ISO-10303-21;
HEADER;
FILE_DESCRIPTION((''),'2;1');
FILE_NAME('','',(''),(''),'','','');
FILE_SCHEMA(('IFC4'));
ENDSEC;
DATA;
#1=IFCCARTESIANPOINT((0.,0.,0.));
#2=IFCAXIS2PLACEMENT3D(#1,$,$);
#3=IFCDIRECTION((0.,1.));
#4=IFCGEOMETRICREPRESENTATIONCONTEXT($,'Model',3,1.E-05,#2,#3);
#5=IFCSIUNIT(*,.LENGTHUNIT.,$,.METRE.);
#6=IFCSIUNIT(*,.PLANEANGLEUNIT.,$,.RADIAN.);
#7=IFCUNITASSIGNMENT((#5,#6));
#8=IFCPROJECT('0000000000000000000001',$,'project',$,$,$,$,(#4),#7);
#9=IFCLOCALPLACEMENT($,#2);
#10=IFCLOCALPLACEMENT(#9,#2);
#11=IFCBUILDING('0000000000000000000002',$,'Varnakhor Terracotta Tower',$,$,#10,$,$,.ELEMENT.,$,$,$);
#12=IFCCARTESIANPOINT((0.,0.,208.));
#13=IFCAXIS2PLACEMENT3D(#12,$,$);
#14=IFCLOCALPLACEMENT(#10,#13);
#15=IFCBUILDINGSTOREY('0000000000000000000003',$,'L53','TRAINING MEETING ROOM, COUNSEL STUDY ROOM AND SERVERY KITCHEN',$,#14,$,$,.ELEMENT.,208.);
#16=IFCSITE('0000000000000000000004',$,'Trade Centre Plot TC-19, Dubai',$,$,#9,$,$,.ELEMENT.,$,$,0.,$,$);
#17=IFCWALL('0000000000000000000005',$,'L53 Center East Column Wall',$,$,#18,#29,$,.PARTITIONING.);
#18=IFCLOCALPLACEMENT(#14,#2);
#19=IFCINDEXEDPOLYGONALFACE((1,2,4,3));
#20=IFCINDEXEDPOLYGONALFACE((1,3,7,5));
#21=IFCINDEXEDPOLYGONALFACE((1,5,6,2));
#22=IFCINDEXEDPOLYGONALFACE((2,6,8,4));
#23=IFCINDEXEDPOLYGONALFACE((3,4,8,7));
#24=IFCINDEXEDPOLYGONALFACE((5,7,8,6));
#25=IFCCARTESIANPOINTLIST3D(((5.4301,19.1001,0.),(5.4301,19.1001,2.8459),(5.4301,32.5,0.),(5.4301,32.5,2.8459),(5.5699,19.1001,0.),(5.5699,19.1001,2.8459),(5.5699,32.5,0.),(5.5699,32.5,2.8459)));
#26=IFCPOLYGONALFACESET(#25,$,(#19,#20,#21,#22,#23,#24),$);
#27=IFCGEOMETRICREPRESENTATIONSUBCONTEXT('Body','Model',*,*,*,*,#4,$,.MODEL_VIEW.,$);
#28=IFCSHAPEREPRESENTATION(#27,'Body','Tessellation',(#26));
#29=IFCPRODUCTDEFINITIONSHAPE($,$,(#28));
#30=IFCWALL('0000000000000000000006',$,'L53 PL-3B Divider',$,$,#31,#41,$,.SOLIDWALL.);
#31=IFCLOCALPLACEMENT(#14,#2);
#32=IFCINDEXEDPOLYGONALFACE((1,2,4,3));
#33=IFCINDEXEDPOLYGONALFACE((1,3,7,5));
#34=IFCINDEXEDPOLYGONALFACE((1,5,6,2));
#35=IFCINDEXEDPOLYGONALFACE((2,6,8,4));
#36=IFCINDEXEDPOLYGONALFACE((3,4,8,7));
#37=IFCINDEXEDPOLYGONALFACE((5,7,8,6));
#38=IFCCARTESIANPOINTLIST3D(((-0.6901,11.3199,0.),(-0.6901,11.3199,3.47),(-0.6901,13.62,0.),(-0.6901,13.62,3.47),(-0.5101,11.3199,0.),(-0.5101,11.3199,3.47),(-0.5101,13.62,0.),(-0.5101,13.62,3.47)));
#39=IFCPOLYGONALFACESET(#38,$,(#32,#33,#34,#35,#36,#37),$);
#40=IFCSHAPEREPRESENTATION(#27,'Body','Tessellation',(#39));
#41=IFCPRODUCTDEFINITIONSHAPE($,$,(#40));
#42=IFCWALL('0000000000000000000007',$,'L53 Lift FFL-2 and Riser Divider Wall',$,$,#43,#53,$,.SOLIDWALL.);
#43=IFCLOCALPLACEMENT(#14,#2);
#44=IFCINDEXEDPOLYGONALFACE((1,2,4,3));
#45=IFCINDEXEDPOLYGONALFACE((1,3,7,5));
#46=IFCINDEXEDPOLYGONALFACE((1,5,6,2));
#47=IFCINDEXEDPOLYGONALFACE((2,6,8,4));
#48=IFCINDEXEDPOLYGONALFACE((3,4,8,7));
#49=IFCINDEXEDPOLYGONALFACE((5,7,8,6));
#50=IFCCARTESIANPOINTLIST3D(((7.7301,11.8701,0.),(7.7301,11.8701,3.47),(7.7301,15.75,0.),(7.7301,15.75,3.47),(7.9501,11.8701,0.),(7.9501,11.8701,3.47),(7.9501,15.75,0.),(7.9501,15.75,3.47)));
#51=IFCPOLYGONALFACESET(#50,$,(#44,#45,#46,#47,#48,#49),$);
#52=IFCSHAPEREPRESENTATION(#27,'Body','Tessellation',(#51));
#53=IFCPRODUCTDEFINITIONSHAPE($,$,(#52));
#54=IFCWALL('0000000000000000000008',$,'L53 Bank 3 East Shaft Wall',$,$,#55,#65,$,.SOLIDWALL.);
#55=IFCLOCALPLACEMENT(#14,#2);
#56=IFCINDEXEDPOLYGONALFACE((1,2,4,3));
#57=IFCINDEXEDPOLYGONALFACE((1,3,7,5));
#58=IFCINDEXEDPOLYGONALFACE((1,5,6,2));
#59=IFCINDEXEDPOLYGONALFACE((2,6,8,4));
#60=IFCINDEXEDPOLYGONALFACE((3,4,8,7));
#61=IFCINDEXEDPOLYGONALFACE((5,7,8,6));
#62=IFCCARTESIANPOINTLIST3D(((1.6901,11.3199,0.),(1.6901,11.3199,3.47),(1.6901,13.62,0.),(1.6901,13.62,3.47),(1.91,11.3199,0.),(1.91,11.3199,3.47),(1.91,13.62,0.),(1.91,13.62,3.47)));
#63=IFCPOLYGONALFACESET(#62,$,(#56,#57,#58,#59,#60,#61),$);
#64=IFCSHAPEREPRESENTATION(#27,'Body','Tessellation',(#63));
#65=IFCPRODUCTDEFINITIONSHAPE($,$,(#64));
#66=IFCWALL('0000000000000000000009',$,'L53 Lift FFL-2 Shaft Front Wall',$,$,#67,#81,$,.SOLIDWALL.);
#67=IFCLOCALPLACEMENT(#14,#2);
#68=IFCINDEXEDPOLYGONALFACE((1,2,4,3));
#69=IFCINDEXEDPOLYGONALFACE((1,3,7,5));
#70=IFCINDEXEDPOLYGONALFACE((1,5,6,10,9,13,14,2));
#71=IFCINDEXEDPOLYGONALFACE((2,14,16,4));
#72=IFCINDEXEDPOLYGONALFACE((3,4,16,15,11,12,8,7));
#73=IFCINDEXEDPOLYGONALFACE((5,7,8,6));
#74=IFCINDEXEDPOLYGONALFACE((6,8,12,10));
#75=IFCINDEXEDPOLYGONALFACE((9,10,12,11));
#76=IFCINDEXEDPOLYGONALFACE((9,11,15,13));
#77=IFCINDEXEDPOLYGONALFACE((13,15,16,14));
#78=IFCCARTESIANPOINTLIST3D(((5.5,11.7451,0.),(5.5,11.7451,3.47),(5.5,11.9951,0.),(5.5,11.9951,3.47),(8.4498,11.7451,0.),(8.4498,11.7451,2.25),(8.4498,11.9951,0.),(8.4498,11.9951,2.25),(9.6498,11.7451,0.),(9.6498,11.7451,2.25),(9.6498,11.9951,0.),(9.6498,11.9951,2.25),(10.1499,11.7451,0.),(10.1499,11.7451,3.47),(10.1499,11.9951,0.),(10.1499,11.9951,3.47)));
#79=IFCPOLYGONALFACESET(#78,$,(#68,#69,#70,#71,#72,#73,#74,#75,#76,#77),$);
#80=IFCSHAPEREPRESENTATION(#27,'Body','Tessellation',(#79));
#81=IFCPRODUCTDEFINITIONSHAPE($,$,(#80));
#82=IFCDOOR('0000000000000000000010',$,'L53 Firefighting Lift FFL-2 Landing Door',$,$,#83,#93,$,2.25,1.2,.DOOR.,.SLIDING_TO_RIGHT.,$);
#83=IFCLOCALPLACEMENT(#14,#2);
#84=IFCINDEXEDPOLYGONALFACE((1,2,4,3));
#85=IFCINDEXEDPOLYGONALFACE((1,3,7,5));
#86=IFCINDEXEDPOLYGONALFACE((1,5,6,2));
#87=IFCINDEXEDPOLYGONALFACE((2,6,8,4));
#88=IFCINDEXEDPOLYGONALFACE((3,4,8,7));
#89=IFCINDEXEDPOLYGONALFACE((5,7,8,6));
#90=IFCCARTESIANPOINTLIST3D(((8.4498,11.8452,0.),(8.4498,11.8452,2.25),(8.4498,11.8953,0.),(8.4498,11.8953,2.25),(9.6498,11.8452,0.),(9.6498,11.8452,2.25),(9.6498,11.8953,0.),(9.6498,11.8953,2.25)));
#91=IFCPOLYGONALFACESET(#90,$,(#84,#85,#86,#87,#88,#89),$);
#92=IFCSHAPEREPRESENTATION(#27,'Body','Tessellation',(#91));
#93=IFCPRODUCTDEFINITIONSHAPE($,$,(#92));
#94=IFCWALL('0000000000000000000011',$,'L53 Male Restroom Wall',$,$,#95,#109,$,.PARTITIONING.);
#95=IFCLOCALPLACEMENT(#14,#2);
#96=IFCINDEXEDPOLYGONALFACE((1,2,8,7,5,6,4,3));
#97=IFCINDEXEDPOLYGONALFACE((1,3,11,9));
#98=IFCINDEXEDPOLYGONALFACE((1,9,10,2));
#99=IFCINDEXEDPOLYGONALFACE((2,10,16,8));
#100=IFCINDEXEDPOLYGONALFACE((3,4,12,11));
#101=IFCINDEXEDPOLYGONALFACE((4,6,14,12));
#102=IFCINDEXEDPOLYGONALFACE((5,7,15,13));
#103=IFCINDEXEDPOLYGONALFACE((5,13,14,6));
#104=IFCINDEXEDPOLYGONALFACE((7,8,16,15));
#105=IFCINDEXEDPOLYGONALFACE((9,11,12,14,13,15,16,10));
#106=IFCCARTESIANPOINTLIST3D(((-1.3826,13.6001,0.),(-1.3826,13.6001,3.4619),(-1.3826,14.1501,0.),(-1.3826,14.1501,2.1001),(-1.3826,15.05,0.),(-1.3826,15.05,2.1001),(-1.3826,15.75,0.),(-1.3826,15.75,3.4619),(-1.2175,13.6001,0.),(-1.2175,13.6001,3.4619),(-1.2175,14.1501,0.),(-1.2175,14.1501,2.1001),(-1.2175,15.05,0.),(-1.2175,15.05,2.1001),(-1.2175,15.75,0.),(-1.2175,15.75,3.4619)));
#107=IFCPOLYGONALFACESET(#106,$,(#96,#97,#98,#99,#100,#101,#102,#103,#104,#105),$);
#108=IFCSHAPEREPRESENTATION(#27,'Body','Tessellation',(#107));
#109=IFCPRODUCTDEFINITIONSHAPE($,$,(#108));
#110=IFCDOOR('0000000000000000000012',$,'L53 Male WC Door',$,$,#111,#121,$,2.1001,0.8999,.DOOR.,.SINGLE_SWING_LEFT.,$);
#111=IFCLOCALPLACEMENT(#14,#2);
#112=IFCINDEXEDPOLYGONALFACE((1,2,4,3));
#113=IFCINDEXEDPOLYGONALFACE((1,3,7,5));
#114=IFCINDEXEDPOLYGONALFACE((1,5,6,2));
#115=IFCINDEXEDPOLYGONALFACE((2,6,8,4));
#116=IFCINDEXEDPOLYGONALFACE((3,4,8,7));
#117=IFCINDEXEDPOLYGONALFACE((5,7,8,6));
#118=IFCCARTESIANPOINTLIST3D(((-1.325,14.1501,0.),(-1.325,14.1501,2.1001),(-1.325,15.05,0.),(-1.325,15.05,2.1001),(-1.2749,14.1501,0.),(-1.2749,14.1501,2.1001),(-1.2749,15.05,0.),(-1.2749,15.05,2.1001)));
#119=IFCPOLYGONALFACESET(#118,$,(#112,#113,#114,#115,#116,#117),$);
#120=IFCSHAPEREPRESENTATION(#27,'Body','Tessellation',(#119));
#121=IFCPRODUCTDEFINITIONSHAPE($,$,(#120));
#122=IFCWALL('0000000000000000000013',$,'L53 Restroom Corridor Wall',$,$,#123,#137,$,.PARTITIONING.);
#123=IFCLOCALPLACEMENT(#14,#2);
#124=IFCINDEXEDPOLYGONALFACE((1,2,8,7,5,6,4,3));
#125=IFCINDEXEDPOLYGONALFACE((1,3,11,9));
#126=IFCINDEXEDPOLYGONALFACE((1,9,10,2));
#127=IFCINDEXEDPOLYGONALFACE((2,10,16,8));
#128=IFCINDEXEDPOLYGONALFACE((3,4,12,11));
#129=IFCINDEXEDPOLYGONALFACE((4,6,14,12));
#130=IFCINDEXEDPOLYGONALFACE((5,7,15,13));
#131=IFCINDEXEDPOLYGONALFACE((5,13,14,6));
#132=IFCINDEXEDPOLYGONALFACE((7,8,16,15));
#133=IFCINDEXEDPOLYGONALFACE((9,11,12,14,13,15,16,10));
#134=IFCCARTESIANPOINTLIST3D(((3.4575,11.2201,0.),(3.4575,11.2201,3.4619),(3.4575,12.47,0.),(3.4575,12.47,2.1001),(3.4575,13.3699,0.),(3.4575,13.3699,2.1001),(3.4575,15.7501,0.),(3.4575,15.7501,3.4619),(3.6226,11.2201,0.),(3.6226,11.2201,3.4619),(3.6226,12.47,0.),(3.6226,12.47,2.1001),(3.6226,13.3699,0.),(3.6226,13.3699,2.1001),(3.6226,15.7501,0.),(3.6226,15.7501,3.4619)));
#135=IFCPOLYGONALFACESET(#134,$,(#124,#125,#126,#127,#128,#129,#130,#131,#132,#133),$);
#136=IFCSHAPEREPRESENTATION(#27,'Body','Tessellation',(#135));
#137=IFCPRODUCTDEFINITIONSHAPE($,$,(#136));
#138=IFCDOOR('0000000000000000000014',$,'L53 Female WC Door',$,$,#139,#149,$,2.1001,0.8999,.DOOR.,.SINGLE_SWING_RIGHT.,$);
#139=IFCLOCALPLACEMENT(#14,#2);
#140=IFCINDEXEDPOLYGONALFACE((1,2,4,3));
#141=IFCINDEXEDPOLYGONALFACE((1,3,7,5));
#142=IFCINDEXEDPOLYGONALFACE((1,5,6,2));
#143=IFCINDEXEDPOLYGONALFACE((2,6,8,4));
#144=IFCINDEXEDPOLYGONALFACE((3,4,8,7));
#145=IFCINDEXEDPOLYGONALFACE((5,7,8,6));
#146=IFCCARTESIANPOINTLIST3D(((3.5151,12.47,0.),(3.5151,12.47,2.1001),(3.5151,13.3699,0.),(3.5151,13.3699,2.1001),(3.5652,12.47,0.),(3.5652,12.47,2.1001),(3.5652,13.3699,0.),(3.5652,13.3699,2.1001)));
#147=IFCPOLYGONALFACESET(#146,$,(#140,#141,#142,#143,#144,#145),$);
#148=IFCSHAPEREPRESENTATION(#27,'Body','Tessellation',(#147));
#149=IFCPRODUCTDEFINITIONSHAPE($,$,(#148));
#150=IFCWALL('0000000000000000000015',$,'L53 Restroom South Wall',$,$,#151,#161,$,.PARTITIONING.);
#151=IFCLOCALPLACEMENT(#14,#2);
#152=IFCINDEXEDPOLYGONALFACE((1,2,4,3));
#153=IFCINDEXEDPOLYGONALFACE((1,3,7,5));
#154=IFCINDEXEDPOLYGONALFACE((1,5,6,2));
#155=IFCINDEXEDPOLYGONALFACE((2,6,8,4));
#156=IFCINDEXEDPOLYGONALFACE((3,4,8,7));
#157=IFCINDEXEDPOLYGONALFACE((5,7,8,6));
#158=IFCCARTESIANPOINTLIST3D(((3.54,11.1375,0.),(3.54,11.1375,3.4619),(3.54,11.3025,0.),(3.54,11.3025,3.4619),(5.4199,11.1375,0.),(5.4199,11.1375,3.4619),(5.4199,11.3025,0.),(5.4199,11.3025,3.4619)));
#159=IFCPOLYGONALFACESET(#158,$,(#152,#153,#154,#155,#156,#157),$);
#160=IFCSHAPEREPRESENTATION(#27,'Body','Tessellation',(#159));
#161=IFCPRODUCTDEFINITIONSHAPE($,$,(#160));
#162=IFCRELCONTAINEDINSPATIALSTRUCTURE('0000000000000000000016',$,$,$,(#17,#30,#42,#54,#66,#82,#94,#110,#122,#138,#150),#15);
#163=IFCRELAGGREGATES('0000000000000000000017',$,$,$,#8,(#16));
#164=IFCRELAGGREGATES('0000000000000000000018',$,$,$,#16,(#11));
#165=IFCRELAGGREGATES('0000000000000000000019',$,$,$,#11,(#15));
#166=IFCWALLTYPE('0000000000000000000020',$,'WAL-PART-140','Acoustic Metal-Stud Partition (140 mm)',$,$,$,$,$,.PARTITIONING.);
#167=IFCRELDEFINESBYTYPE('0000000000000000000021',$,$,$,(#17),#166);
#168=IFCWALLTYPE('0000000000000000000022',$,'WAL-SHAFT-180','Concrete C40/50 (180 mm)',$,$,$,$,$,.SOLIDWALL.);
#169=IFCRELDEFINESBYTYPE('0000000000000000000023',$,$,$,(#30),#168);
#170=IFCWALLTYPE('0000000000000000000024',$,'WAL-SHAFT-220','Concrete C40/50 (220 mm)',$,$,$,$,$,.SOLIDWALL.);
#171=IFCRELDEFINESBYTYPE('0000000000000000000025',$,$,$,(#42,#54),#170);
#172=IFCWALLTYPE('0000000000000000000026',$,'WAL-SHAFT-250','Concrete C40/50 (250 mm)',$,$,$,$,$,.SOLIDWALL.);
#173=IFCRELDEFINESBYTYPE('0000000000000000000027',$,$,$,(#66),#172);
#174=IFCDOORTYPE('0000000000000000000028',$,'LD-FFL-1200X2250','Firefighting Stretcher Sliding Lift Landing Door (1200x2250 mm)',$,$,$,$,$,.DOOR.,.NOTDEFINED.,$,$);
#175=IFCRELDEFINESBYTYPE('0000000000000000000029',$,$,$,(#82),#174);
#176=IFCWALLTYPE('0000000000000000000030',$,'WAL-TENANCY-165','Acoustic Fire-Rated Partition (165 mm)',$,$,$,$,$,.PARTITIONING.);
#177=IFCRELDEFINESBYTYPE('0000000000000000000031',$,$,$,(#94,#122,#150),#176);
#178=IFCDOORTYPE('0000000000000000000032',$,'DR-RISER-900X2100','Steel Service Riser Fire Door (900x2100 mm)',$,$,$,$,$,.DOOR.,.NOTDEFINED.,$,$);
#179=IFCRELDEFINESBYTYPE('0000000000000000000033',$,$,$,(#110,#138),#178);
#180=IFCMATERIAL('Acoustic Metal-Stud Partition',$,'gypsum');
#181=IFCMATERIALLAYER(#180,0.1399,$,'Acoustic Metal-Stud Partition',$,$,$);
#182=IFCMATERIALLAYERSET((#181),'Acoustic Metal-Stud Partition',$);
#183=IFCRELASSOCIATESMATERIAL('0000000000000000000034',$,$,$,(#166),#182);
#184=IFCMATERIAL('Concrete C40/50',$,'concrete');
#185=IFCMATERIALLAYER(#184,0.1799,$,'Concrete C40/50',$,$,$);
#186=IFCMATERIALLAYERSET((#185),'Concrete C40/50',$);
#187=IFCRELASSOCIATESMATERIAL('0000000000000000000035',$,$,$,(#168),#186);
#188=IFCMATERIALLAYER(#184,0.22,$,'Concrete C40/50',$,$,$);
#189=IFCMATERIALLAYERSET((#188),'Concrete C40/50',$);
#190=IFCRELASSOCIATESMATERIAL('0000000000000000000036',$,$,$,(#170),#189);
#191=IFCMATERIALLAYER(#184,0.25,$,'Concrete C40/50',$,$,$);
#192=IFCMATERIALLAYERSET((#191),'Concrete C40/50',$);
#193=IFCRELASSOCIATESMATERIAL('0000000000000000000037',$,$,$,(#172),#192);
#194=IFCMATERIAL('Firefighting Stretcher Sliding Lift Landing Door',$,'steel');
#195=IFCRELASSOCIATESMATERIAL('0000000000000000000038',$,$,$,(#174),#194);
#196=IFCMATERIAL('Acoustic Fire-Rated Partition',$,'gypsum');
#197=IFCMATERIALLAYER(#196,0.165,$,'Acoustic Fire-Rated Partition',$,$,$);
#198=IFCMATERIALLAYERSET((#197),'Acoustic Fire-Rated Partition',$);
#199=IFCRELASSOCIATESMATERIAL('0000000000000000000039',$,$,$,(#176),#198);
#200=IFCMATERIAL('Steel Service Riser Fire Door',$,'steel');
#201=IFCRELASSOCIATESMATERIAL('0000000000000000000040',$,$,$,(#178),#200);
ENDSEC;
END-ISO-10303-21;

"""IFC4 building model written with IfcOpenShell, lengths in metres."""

from ifc_helpers import new_model, si_unit, direction, frame, frame_2d, origin, place, context, subcontext, project, spatial, rectangle, extrude, source, transform, mapped, material, layer, layer_set, type_object, type_shapes, element, fill, save


model = new_model("IFC4")

# Units and contexts
model_context = context("Model", 3, precision=1e-05, world=origin(), true_north=direction((0.0, 1.0)))
body_context = subcontext(model_context, "Body", "Model", "MODEL_VIEW")
ifc_project = project(units=[si_unit("LENGTHUNIT", "METRE"), si_unit("PLANEANGLEUNIT", "RADIAN")], contexts=[model_context])

# Site, building, storey
site_placement = place(None, origin())
site = spatial("IfcSite", under=ifc_project, at=site_placement, Name="Trade Centre Plot TC-19, Dubai", CompositionType="ELEMENT", RefElevation=0.0)
building_placement = place(site_placement, origin())
building = spatial("IfcBuilding", under=site, at=building_placement, Name="Varnakhor Terracotta Tower", CompositionType="ELEMENT")
storey_placement = place(building_placement, frame((0.0, 0.0, 208.0)))
storey = spatial("IfcBuildingStorey", under=building, at=storey_placement, Name="L53", Description="TRAINING MEETING ROOM, COUNSEL STUDY ROOM AND SERVERY KITCHEN", CompositionType="ELEMENT", Elevation=208.0)

# Shared definitions
ifc_material_1 = material(Name="Concrete C40/50", Category="concrete")

# Walls
ifc_material_2 = material(Name="Acoustic Metal-Stud Partition", Category="gypsum")
ifc_layer_1 = layer(ifc_material_2, 0.1399, Name="Acoustic Metal-Stud Partition")
ifc_layer_set_1 = layer_set([ifc_layer_1], Name="Acoustic Metal-Stud Partition")
wall_type_1 = type_object("IfcWallType", Name="WAL-PART-140", Description="Acoustic Metal-Stud Partition (140 mm)", PredefinedType="PARTITIONING", material=ifc_layer_set_1)
wall_1_placement = place(storey_placement, frame((5.5, 19.1001, 0.0), z_axis=(0.0, 0.0, 1.0), x_axis=(0.0, 1.0, 0.0)))
element("IfcWall", 1, at=wall_1_placement, inside=storey, type_object=wall_type_1, Name="L53 Center East Column Wall", PredefinedType="PARTITIONING", context=body_context, shape_type="SweptSolid", body=[
    extrude(rectangle(XDim=13.3999, YDim=0.1399, at=frame_2d((6.7, 0.0))), origin(), (0.0, 0.0, 1.0), 2.8459),
])
ifc_layer_2 = layer(ifc_material_1, 0.1799, Name="Concrete C40/50")
ifc_layer_set_2 = layer_set([ifc_layer_2], Name="Concrete C40/50")
wall_type_2 = type_object("IfcWallType", Name="WAL-SHAFT-180", Description="Concrete C40/50 (180 mm)", PredefinedType="SOLIDWALL", material=ifc_layer_set_2)
wall_2_placement = place(storey_placement, frame((-0.6001, 11.3201, 0.0), z_axis=(0.0, 0.0, 1.0), x_axis=(0.0, 1.0, 0.0)))
element("IfcWall", 2, at=wall_2_placement, inside=storey, type_object=wall_type_2, Name="L53 PL-3B Divider", PredefinedType="SOLIDWALL", context=body_context, shape_type="SweptSolid", body=[
    extrude(rectangle(XDim=2.3, YDim=0.1799, at=frame_2d((1.1499, 0.0))), origin(), (0.0, 0.0, 1.0), 3.47),
])
ifc_layer_3 = layer(ifc_material_1, 0.22, Name="Concrete C40/50")
ifc_layer_set_3 = layer_set([ifc_layer_3], Name="Concrete C40/50")
wall_type_3 = type_object("IfcWallType", Name="WAL-SHAFT-220", Description="Concrete C40/50 (220 mm)", PredefinedType="SOLIDWALL", material=ifc_layer_set_3)
wall_3_placement = place(storey_placement, frame((7.8401, 11.8701, 0.0), z_axis=(0.0, 0.0, 1.0), x_axis=(0.0, 1.0, 0.0)))
element("IfcWall", 3, at=wall_3_placement, inside=storey, type_object=wall_type_3, Name="L53 Lift FFL-2 and Riser Divider Wall", PredefinedType="SOLIDWALL", context=body_context, shape_type="SweptSolid", body=[
    extrude(rectangle(XDim=3.8799, YDim=0.22, at=frame_2d((1.9399, 0.0))), origin(), (0.0, 0.0, 1.0), 3.47),
])
wall_4_placement = place(storey_placement, frame((1.8, 11.3201, 0.0), z_axis=(0.0, 0.0, 1.0), x_axis=(0.0, 1.0, 0.0)))
element("IfcWall", 4, at=wall_4_placement, inside=storey, type_object=wall_type_3, Name="L53 Bank 3 East Shaft Wall", PredefinedType="SOLIDWALL", context=body_context, shape_type="SweptSolid", body=[
    extrude(rectangle(XDim=2.3, YDim=0.22, at=frame_2d((1.1499, 0.0))), origin(), (0.0, 0.0, 1.0), 3.47),
])

# Walls, openings, doors
ifc_layer_4 = layer(ifc_material_1, 0.25, Name="Concrete C40/50")
ifc_layer_set_4 = layer_set([ifc_layer_4], Name="Concrete C40/50")
wall_type_4 = type_object("IfcWallType", Name="WAL-SHAFT-250", Description="Concrete C40/50 (250 mm)", PredefinedType="SOLIDWALL", material=ifc_layer_set_4)
wall_5_placement = place(storey_placement, frame((10.1499, 11.8701, 0.0), z_axis=(0.0, 0.0, 1.0), x_axis=(-1.0, 0.0, 0.0)))
wall_5 = element("IfcWall", 5, at=wall_5_placement, inside=storey, type_object=wall_type_4, Name="L53 Lift FFL-2 Shaft Front Wall", PredefinedType="SOLIDWALL", context=body_context, shape_type="SweptSolid", body=[
    extrude(rectangle(XDim=4.6499, YDim=0.25, at=frame_2d((2.325, 0.0))), origin(), (0.0, 0.0, 1.0), 3.47),
])
opening_1_placement = place(wall_5_placement, frame((0.5, 0.0, 0.0)))
opening_1 = element("IfcOpeningElement", 6, at=opening_1_placement, cuts=wall_5, PredefinedType="OPENING", context=body_context, shape_type="SweptSolid", body=[
    extrude(rectangle(XDim=1.2, YDim=2.25, at=frame_2d((0.6001, 1.125))), frame((0.0, 0.135, 0.0), z_axis=(0.0, -1.0, 0.0), x_axis=(1.0, 0.0, 0.0)), (0.0, 0.0, 1.0), 0.27),
])
ifc_material_3 = material(Name="Firefighting Stretcher Sliding Lift Landing Door", Category="steel")
door_type_1 = type_object("IfcDoorType", Name="LD-FFL-1200X2250", Description="Firefighting Stretcher Sliding Lift Landing Door (1200x2250 mm)", OperationType="NOTDEFINED", PredefinedType="DOOR", material=ifc_material_3)
shared_shape_1 = source(origin(), body_context, "Body", "SweptSolid", [
    extrude(rectangle(XDim=1.2, YDim=2.25, at=frame_2d((0.6001, 1.125))), frame((0.0, 0.0249, 0.0), z_axis=(0.0, -1.0, 0.0), x_axis=(1.0, 0.0, 0.0)), (0.0, 0.0, 1.0), 0.05),
])
type_shapes(door_type_1, [shared_shape_1])
door_1_placement = place(opening_1_placement, origin())
door_1 = element("IfcDoor", 7, at=door_1_placement, inside=storey, type_object=door_type_1, Name="L53 Firefighting Lift FFL-2 Landing Door", OperationType="SLIDING_TO_RIGHT", OverallHeight=2.25, OverallWidth=1.2, PredefinedType="DOOR", context=body_context, shape_type="MappedRepresentation", body=[
    mapped(shared_shape_1, transform((0.0, 0.0, 0.0), scale=1.0)),
])
fill(opening_1, door_1)
ifc_material_4 = material(Name="Acoustic Fire-Rated Partition", Category="gypsum")
ifc_layer_5 = layer(ifc_material_4, 0.165, Name="Acoustic Fire-Rated Partition")
ifc_layer_set_5 = layer_set([ifc_layer_5], Name="Acoustic Fire-Rated Partition")
wall_type_5 = type_object("IfcWallType", Name="WAL-TENANCY-165", Description="Acoustic Fire-Rated Partition (165 mm)", PredefinedType="PARTITIONING", material=ifc_layer_set_5)
wall_6_placement = place(storey_placement, frame((-1.3, 13.6001, 0.0), z_axis=(0.0, 0.0, 1.0), x_axis=(0.0, 1.0, 0.0)))
wall_6 = element("IfcWall", 8, at=wall_6_placement, inside=storey, type_object=wall_type_5, Name="L53 Male Restroom Wall", PredefinedType="PARTITIONING", context=body_context, shape_type="SweptSolid", body=[
    extrude(rectangle(XDim=2.1499, YDim=0.165, at=frame_2d((1.075, 0.0))), origin(), (0.0, 0.0, 1.0), 3.4619),
])
opening_2_placement = place(wall_6_placement, frame((0.55, 0.0, 0.0)))
opening_2 = element("IfcOpeningElement", 9, at=opening_2_placement, cuts=wall_6, PredefinedType="OPENING", context=body_context, shape_type="SweptSolid", body=[
    extrude(rectangle(XDim=0.8999, YDim=2.1001, at=frame_2d((0.45, 1.05))), frame((0.0, 0.0925, 0.0), z_axis=(0.0, -1.0, 0.0), x_axis=(1.0, 0.0, 0.0)), (0.0, 0.0, 1.0), 0.1851),
])
ifc_material_5 = material(Name="Steel Service Riser Fire Door", Category="steel")
door_type_2 = type_object("IfcDoorType", Name="DR-RISER-900X2100", Description="Steel Service Riser Fire Door (900x2100 mm)", OperationType="NOTDEFINED", PredefinedType="DOOR", material=ifc_material_5)
shared_shape_2 = source(origin(), body_context, "Body", "SweptSolid", [
    extrude(rectangle(XDim=0.8999, YDim=2.1001, at=frame_2d((0.45, 1.05))), frame((0.0, 0.0249, 0.0), z_axis=(0.0, -1.0, 0.0), x_axis=(1.0, 0.0, 0.0)), (0.0, 0.0, 1.0), 0.05),
])
type_shapes(door_type_2, [shared_shape_2])
door_2_placement = place(opening_2_placement, origin())
door_2 = element("IfcDoor", 10, at=door_2_placement, inside=storey, type_object=door_type_2, Name="L53 Male WC Door", OperationType="SINGLE_SWING_LEFT", OverallHeight=2.1001, OverallWidth=0.8999, PredefinedType="DOOR", context=body_context, shape_type="MappedRepresentation", body=[
    mapped(shared_shape_2, transform((0.0, 0.0, 0.0), scale=1.0)),
])
fill(opening_2, door_2)
wall_7_placement = place(storey_placement, frame((3.54, 11.22, 0.0), z_axis=(0.0, 0.0, 1.0), x_axis=(0.0, 1.0, 0.0)))
wall_7 = element("IfcWall", 11, at=wall_7_placement, inside=storey, type_object=wall_type_5, Name="L53 Restroom Corridor Wall", PredefinedType="PARTITIONING", context=body_context, shape_type="SweptSolid", body=[
    extrude(rectangle(XDim=4.53, YDim=0.165, at=frame_2d((2.2651, 0.0))), origin(), (0.0, 0.0, 1.0), 3.4619),
])
opening_3_placement = place(wall_7_placement, frame((1.25, 0.0, 0.0)))
opening_3 = element("IfcOpeningElement", 12, at=opening_3_placement, cuts=wall_7, PredefinedType="OPENING", context=body_context, shape_type="SweptSolid", body=[
    extrude(rectangle(XDim=0.8999, YDim=2.1001, at=frame_2d((0.45, 1.05))), frame((0.0, 0.0925, 0.0), z_axis=(0.0, -1.0, 0.0), x_axis=(1.0, 0.0, 0.0)), (0.0, 0.0, 1.0), 0.1851),
])
door_3_placement = place(opening_3_placement, origin())
door_3 = element("IfcDoor", 13, at=door_3_placement, inside=storey, type_object=door_type_2, Name="L53 Female WC Door", OperationType="SINGLE_SWING_RIGHT", OverallHeight=2.1001, OverallWidth=0.8999, PredefinedType="DOOR", context=body_context, shape_type="MappedRepresentation", body=[
    mapped(shared_shape_2, transform((0.0, 0.0, 0.0), scale=1.0)),
])
fill(opening_3, door_3)

# Wall
wall_8_placement = place(storey_placement, frame((3.54, 11.22, 0.0), z_axis=(0.0, 0.0, 1.0), x_axis=(1.0, 0.0, 0.0)))
element("IfcWall", 14, at=wall_8_placement, inside=storey, type_object=wall_type_5, Name="L53 Restroom South Wall", PredefinedType="PARTITIONING", context=body_context, shape_type="SweptSolid", body=[
    extrude(rectangle(XDim=1.8799, YDim=0.165, at=frame_2d((0.9399, 0.0))), origin(), (0.0, 0.0, 1.0), 3.4619),
])

save(model, "model.ifc")
